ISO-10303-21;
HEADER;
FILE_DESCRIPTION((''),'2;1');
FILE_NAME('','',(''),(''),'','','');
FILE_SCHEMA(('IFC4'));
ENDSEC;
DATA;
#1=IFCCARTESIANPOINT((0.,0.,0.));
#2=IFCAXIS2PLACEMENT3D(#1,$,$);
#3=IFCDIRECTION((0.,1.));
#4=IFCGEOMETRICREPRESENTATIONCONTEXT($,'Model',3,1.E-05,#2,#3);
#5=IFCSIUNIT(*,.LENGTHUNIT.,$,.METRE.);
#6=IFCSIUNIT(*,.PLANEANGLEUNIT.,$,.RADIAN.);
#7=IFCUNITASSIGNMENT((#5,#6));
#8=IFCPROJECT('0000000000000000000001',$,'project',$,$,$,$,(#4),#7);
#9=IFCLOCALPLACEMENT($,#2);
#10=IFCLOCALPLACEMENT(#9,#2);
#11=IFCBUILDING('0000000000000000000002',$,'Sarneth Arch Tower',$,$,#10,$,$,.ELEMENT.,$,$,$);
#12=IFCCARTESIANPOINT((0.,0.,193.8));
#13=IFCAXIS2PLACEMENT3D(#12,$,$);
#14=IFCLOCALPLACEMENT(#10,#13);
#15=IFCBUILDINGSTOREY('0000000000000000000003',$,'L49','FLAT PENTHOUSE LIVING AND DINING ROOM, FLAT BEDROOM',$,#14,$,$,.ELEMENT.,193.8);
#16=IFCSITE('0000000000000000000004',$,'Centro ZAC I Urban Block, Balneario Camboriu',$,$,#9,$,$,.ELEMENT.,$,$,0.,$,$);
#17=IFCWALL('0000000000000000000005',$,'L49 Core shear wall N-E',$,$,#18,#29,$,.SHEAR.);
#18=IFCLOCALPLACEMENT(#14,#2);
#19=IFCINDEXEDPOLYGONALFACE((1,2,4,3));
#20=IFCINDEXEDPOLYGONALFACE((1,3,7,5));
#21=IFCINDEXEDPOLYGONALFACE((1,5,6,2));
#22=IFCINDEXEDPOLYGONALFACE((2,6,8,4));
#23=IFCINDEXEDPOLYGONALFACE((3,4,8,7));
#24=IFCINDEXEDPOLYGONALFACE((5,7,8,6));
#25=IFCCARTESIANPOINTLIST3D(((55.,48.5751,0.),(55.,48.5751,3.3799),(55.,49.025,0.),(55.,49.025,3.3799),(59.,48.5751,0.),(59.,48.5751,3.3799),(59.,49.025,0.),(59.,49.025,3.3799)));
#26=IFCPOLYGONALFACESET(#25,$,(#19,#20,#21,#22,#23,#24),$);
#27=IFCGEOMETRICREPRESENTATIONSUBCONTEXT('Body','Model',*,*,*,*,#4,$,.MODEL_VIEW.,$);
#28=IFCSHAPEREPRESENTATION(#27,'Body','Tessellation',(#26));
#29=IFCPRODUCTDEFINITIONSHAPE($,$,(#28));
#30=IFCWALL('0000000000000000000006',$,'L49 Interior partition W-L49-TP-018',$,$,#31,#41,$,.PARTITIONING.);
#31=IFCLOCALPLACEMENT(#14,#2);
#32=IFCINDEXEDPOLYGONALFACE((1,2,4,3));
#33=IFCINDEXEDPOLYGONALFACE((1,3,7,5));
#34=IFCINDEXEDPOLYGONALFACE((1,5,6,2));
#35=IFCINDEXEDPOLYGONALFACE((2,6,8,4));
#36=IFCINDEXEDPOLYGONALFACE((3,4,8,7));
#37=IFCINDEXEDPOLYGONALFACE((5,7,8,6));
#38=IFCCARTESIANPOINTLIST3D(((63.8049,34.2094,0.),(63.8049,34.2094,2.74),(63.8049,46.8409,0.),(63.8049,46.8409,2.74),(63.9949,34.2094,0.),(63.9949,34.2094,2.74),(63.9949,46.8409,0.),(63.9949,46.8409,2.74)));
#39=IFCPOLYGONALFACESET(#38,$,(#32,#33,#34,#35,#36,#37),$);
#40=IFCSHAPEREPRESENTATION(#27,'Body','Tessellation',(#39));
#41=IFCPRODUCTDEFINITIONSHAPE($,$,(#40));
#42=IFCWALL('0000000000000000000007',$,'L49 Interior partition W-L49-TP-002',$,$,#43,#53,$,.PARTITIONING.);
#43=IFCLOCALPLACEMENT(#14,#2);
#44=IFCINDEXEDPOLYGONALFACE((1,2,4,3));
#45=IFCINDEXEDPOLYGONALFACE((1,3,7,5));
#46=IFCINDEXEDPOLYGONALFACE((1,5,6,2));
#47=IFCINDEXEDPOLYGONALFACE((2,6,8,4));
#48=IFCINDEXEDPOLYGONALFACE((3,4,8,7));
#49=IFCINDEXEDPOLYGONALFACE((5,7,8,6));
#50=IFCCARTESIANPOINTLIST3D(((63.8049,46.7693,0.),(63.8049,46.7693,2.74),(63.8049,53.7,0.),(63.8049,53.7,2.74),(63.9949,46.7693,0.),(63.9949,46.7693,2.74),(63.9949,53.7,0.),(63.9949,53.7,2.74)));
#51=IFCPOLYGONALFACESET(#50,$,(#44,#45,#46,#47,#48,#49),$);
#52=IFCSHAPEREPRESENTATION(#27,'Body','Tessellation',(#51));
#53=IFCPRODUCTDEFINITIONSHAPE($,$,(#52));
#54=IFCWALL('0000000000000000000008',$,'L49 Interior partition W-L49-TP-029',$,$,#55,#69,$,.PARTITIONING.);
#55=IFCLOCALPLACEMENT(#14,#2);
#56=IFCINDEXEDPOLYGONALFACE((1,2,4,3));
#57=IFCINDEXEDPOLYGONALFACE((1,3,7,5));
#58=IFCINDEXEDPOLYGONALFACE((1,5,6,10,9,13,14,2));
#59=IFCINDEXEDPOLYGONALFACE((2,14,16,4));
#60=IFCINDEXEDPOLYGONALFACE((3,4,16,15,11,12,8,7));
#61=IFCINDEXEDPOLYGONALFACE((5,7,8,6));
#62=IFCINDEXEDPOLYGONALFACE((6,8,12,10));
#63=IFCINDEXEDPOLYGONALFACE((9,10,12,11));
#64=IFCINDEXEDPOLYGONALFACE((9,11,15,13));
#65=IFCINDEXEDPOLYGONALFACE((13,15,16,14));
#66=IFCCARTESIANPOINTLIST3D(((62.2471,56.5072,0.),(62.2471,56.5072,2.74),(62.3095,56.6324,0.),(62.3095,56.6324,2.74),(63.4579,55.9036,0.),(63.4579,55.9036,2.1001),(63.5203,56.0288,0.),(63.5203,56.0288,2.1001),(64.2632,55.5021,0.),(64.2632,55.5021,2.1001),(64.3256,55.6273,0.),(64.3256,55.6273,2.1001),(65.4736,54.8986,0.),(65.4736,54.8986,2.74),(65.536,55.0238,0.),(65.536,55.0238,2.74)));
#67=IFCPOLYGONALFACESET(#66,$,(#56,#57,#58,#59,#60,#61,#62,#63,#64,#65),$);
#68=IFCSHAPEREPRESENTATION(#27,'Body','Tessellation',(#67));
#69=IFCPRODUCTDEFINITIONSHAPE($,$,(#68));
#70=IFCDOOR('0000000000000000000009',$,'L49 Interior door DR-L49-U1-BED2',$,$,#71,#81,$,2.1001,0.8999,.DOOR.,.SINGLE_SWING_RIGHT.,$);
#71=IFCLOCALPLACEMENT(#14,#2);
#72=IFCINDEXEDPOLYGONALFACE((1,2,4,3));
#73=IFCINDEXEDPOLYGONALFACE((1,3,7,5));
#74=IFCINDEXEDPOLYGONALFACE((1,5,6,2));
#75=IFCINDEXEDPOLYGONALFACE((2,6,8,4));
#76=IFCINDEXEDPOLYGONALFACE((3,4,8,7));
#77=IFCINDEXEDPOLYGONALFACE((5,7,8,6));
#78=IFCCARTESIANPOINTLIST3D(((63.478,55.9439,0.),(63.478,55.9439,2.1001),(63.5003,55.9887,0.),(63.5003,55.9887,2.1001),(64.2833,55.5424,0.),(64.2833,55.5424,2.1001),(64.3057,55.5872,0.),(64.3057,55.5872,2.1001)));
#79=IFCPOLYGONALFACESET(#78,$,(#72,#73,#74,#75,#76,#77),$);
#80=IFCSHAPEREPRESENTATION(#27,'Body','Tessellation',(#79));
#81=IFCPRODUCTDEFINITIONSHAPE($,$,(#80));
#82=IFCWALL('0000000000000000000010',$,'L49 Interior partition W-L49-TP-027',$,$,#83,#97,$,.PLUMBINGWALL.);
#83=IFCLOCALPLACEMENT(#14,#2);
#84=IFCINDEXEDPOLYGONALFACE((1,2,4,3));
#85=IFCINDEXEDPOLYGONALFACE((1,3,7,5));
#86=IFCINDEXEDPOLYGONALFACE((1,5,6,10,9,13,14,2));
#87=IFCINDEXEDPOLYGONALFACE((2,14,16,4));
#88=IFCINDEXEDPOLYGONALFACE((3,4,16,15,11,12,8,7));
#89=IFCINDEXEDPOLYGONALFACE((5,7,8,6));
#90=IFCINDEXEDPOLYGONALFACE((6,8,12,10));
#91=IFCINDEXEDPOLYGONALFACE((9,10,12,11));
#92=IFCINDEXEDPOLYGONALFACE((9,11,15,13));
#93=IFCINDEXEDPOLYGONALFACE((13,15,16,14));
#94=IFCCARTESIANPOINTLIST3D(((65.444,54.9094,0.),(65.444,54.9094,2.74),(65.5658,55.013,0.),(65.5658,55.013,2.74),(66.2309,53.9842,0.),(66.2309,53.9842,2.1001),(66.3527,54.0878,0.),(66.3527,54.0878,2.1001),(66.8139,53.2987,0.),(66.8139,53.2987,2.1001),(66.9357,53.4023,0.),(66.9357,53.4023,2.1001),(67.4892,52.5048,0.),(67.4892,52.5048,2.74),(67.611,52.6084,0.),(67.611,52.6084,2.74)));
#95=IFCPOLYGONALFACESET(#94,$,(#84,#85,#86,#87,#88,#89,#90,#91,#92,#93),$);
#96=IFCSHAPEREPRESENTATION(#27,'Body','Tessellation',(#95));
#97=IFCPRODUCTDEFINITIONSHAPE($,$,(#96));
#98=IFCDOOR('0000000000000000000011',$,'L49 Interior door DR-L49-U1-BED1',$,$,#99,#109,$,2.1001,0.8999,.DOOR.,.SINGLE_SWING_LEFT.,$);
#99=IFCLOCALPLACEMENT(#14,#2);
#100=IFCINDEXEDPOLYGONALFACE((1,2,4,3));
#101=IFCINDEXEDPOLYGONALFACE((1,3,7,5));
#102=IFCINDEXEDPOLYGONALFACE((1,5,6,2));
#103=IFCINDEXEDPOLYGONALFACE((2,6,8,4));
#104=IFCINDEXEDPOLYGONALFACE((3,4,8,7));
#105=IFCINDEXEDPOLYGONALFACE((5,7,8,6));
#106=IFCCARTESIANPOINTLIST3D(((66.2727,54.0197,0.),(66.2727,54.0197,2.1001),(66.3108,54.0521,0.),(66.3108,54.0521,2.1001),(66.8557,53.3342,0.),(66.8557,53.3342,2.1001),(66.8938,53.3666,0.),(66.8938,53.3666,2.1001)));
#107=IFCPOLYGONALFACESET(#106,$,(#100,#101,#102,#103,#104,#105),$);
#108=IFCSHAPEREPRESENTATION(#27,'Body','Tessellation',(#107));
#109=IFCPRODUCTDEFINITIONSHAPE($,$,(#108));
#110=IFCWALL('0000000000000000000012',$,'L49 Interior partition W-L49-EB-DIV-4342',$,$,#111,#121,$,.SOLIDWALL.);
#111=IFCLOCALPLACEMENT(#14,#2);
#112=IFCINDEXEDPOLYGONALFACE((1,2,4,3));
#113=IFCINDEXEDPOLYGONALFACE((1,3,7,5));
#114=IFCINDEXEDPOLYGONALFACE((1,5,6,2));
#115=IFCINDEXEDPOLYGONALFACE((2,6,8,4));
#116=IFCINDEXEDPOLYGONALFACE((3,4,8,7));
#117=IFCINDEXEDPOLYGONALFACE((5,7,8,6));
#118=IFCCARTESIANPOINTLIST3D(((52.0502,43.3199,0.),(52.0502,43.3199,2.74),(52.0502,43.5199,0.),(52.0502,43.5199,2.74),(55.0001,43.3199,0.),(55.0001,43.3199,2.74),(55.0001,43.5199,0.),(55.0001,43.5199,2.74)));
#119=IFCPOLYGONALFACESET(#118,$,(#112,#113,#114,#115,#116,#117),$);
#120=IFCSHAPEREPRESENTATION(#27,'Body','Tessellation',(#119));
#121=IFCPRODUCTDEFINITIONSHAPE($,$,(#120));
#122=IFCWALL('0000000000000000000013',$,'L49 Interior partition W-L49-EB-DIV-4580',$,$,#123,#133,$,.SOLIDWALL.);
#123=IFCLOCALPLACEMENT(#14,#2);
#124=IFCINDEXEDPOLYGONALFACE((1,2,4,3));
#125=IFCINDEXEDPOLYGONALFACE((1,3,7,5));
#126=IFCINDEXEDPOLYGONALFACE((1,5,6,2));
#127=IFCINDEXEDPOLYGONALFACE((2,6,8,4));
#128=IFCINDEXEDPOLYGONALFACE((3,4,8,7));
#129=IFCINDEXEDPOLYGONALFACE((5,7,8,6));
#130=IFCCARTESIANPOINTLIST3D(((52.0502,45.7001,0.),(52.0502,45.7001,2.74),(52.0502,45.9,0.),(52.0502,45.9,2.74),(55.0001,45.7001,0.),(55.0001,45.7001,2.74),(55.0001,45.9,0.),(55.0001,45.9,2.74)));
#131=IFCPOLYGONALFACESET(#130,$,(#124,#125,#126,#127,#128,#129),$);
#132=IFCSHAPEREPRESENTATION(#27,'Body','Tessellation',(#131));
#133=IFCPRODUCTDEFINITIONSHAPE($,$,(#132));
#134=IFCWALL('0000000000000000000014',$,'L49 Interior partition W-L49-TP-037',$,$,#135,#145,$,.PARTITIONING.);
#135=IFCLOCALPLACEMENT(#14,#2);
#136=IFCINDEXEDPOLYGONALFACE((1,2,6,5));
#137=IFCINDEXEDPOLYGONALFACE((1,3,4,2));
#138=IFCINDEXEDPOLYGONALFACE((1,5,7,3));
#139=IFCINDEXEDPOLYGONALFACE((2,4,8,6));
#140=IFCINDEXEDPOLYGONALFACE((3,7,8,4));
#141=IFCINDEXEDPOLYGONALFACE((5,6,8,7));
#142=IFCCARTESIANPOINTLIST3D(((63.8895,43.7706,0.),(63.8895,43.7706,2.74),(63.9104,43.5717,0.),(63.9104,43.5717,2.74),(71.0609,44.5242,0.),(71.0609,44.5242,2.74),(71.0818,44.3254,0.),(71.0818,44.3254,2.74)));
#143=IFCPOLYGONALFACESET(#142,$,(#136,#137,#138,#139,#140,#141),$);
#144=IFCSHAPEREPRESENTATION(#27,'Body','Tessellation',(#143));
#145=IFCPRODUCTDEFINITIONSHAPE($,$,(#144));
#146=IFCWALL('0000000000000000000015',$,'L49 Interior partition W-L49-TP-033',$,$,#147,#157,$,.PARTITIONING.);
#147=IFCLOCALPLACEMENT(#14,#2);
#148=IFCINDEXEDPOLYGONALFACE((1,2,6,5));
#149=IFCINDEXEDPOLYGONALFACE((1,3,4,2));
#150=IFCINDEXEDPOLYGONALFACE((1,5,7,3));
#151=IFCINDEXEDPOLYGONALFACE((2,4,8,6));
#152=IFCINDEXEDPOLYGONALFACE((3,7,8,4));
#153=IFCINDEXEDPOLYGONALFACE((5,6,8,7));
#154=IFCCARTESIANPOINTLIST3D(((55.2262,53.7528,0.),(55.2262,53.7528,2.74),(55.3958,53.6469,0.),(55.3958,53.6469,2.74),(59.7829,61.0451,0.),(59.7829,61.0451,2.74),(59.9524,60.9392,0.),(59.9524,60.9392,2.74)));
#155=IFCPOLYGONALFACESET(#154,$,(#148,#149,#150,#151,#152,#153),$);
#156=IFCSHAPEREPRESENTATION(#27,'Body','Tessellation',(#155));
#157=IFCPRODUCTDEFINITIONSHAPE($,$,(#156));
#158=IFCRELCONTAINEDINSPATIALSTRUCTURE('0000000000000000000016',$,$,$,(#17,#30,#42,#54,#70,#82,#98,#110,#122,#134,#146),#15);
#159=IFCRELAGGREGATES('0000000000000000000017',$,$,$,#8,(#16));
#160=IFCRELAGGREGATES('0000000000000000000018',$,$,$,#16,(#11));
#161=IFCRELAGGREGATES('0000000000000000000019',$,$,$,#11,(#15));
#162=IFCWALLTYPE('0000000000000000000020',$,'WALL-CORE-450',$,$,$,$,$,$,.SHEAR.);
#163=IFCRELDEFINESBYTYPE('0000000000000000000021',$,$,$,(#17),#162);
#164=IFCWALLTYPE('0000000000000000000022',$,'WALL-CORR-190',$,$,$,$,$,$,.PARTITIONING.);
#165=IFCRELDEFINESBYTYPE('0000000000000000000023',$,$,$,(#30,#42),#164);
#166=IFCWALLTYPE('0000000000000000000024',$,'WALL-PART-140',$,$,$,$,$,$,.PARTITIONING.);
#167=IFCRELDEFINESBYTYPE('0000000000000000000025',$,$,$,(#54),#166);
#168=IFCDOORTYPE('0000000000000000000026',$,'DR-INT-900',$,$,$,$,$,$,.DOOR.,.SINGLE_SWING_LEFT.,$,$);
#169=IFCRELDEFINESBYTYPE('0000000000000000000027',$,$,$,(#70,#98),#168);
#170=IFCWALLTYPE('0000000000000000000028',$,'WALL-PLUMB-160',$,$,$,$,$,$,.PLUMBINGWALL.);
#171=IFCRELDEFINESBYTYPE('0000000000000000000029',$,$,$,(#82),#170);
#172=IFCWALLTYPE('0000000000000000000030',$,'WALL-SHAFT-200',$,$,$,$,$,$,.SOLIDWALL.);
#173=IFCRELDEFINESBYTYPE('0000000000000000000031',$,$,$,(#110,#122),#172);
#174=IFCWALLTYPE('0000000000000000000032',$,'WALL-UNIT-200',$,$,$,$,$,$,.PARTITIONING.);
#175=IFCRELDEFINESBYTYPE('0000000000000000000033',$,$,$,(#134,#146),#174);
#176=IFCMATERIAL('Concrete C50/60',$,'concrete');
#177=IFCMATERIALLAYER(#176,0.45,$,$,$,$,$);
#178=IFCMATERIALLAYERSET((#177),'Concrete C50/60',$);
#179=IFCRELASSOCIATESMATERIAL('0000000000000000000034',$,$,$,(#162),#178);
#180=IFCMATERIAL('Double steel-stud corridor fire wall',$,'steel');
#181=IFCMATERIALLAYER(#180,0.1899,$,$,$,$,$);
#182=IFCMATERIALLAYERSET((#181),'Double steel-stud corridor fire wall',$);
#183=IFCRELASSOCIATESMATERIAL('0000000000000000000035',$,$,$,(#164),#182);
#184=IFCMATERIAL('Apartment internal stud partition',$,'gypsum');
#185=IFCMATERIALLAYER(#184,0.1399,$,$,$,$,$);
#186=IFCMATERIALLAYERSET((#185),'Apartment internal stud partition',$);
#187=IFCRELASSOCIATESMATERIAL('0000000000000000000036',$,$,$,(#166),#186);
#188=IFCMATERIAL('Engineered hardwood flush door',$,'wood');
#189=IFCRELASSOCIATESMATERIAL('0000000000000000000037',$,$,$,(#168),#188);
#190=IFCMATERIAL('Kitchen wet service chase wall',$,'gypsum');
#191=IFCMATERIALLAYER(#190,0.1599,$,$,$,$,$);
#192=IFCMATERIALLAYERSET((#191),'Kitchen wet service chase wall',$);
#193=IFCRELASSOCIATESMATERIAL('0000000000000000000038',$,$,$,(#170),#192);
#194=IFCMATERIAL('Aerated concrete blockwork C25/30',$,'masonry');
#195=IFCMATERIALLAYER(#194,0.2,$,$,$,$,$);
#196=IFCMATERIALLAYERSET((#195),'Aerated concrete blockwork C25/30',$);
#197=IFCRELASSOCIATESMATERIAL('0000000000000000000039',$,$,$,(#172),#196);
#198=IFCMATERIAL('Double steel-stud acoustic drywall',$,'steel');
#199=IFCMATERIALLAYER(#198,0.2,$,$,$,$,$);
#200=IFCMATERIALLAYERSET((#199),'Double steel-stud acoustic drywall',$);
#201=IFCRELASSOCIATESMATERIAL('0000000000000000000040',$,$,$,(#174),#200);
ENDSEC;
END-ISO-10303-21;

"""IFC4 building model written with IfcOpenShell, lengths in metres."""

from ifc_helpers import new_model, si_unit, direction, frame, frame_2d, origin, place, context, subcontext, project, spatial, rectangle, extrude, material, layer, layer_set, type_object, element, fill, save


model = new_model("IFC4")

# Units and contexts
model_context = context("Model", 3, precision=1e-05, world=origin(), true_north=direction((0.0, 1.0)))
body_context = subcontext(model_context, "Body", "Model", "MODEL_VIEW")
ifc_project = project(units=[si_unit("LENGTHUNIT", "METRE"), si_unit("PLANEANGLEUNIT", "RADIAN")], contexts=[model_context])

# Site, building, storey
site_placement = place(None, origin())
site = spatial("IfcSite", under=ifc_project, at=site_placement, Name="Centro ZAC I Urban Block, Balneario Camboriu", CompositionType="ELEMENT", RefElevation=0.0)
building_placement = place(site_placement, origin())
building = spatial("IfcBuilding", under=site, at=building_placement, Name="Sarneth Arch Tower", CompositionType="ELEMENT")
storey_placement = place(building_placement, frame((0.0, 0.0, 193.8)))
storey = spatial("IfcBuildingStorey", under=building, at=storey_placement, Name="L49", Description="FLAT PENTHOUSE LIVING AND DINING ROOM, FLAT BEDROOM", CompositionType="ELEMENT", Elevation=193.8)

# Walls
ifc_material_1 = material(Name="Concrete C50/60", Category="concrete")
ifc_layer_1 = layer(ifc_material_1, 0.45)
ifc_layer_set_1 = layer_set([ifc_layer_1], Name="Concrete C50/60")
wall_type_1 = type_object("IfcWallType", Name="WALL-CORE-450", PredefinedType="SHEAR", material=ifc_layer_set_1)
wall_1_placement = place(storey_placement, frame((55.0, 48.8, 0.0), z_axis=(0.0, 0.0, 1.0), x_axis=(1.0, 0.0, 0.0)))
element("IfcWall", 1, at=wall_1_placement, inside=storey, type_object=wall_type_1, Name="L49 Core shear wall N-E", PredefinedType="SHEAR", context=body_context, shape_type="SweptSolid", body=[
    extrude(rectangle(XDim=4.0, YDim=0.45, at=frame_2d((2.0, 0.0))), origin(), (0.0, 0.0, 1.0), 3.3799),
])
ifc_material_2 = material(Name="Double steel-stud corridor fire wall", Category="steel")
ifc_layer_2 = layer(ifc_material_2, 0.1899)
ifc_layer_set_2 = layer_set([ifc_layer_2], Name="Double steel-stud corridor fire wall")
wall_type_2 = type_object("IfcWallType", Name="WALL-CORR-190", PredefinedType="PARTITIONING", material=ifc_layer_set_2)
wall_2_placement = place(storey_placement, frame((63.8999, 46.8411, 0.0), z_axis=(0.0, 0.0, 1.0), x_axis=(0.0, -1.0, 0.0)))
element("IfcWall", 2, at=wall_2_placement, inside=storey, type_object=wall_type_2, Name="L49 Interior partition W-L49-TP-018", PredefinedType="PARTITIONING", context=body_context, shape_type="SweptSolid", body=[
    extrude(rectangle(XDim=12.6316, YDim=0.1899, at=frame_2d((6.3159, 0.0))), origin(), (0.0, 0.0, 1.0), 2.74),
])
wall_3_placement = place(storey_placement, frame((63.8999, 53.7, 0.0), z_axis=(0.0, 0.0, 1.0), x_axis=(0.0, -1.0, 0.0)))
element("IfcWall", 3, at=wall_3_placement, inside=storey, type_object=wall_type_2, Name="L49 Interior partition W-L49-TP-002", PredefinedType="PARTITIONING", context=body_context, shape_type="SweptSolid", body=[
    extrude(rectangle(XDim=6.9307, YDim=0.1899, at=frame_2d((3.4653, 0.0))), origin(), (0.0, 0.0, 1.0), 2.74),
])

# Walls, openings, doors
ifc_material_3 = material(Name="Apartment internal stud partition", Category="gypsum")
ifc_layer_3 = layer(ifc_material_3, 0.1399)
ifc_layer_set_3 = layer_set([ifc_layer_3], Name="Apartment internal stud partition")
wall_type_3 = type_object("IfcWallType", Name="WALL-PART-140", PredefinedType="PARTITIONING", material=ifc_layer_set_3)
wall_4_placement = place(storey_placement, frame((65.5049, 54.9612, 0.0), z_axis=(0.0, 0.0, 1.0), x_axis=(-0.894941, 0.446184, 0.0)))
wall_4 = element("IfcWall", 4, at=wall_4_placement, inside=storey, type_object=wall_type_3, Name="L49 Interior partition W-L49-TP-029", PredefinedType="PARTITIONING", context=body_context, shape_type="SweptSolid", body=[
    extrude(rectangle(XDim=3.6052, YDim=0.1399, at=frame_2d((1.8027, 0.0))), origin(), (0.0, 0.0, 1.0), 2.74),
])
opening_1_placement = place(wall_4_placement, frame((1.3525, 0.0, 0.0)))
opening_1 = element("IfcOpeningElement", 5, at=opening_1_placement, cuts=wall_4, PredefinedType="OPENING", context=body_context, shape_type="SweptSolid", body=[
    extrude(rectangle(XDim=0.8999, YDim=2.1001, at=frame_2d((0.45, 1.05))), frame((0.0, 0.0798, 0.0), z_axis=(0.0, -1.0, 0.0), x_axis=(1.0, 0.0, 0.0)), (0.0, 0.0, 1.0), 0.1599),
])
ifc_material_4 = material(Name="Engineered hardwood flush door", Category="wood")
door_type = type_object("IfcDoorType", Name="DR-INT-900", OperationType="SINGLE_SWING_LEFT", PredefinedType="DOOR", material=ifc_material_4)
door_1_placement = place(opening_1_placement, origin())
door_1 = element("IfcDoor", 6, at=door_1_placement, inside=storey, type_object=door_type, Name="L49 Interior door DR-L49-U1-BED2", OperationType="SINGLE_SWING_RIGHT", OverallHeight=2.1001, OverallWidth=0.8999, PredefinedType="DOOR", context=body_context, shape_type="SweptSolid", body=[
    extrude(rectangle(XDim=0.8999, YDim=2.1001, at=frame_2d((0.45, 1.05))), frame((0.0, 0.0249, 0.0), z_axis=(0.0, -1.0, 0.0), x_axis=(1.0, 0.0, 0.0)), (0.0, 0.0, 1.0), 0.05),
])
fill(opening_1, door_1)
ifc_material_5 = material(Name="Kitchen wet service chase wall", Category="gypsum")
ifc_layer_4 = layer(ifc_material_5, 0.1599)
ifc_layer_set_4 = layer_set([ifc_layer_4], Name="Kitchen wet service chase wall")
wall_type_4 = type_object("IfcWallType", Name="WALL-PLUMB-160", PredefinedType="PLUMBINGWALL", material=ifc_layer_set_4)
wall_5_placement = place(storey_placement, frame((65.5049, 54.9612, 0.0), z_axis=(0.0, 0.0, 1.0), x_axis=(0.647889, -0.761735, 0.0)))
wall_5 = element("IfcWall", 7, at=wall_5_placement, inside=storey, type_object=wall_type_4, Name="L49 Interior partition W-L49-TP-027", PredefinedType="PLUMBINGWALL", context=body_context, shape_type="SweptSolid", body=[
    extrude(rectangle(XDim=3.1567, YDim=0.1599, at=frame_2d((1.5784, 0.0))), origin(), (0.0, 0.0, 1.0), 2.74),
])
opening_2_placement = place(wall_5_placement, frame((1.2146, 0.0, 0.0)))
opening_2 = element("IfcOpeningElement", 8, at=opening_2_placement, cuts=wall_5, PredefinedType="OPENING", context=body_context, shape_type="SweptSolid", body=[
    extrude(rectangle(XDim=0.8999, YDim=2.1001, at=frame_2d((0.45, 1.05))), frame((0.0, 0.0898, 0.0), z_axis=(0.0, -1.0, 0.0), x_axis=(1.0, 0.0, 0.0)), (0.0, 0.0, 1.0), 0.1799),
])
door_2_placement = place(opening_2_placement, origin())
door_2 = element("IfcDoor", 9, at=door_2_placement, inside=storey, type_object=door_type, Name="L49 Interior door DR-L49-U1-BED1", OperationType="SINGLE_SWING_LEFT", OverallHeight=2.1001, OverallWidth=0.8999, PredefinedType="DOOR", context=body_context, shape_type="SweptSolid", body=[
    extrude(rectangle(XDim=0.8999, YDim=2.1001, at=frame_2d((0.45, 1.05))), frame((0.0, 0.0249, 0.0), z_axis=(0.0, -1.0, 0.0), x_axis=(1.0, 0.0, 0.0)), (0.0, 0.0, 1.0), 0.05),
])
fill(opening_2, door_2)

# Walls
ifc_material_6 = material(Name="Aerated concrete blockwork C25/30", Category="masonry")
ifc_layer_5 = layer(ifc_material_6, 0.2)
ifc_layer_set_5 = layer_set([ifc_layer_5], Name="Aerated concrete blockwork C25/30")
wall_type_5 = type_object("IfcWallType", Name="WALL-SHAFT-200", PredefinedType="SOLIDWALL", material=ifc_layer_set_5)
for number, where, z_axis, x_axis, name in (
    (10, (52.05, 43.4199, 0.0), (0.0, 0.0, 1.0), (1.0, 0.0, 0.0), "L49 Interior partition W-L49-EB-DIV-4342"),
    (11, (52.05, 45.8, 0.0), (0.0, 0.0, 1.0), (1.0, 0.0, 0.0), "L49 Interior partition W-L49-EB-DIV-4580"),
):
    element("IfcWall", number, at=place(storey_placement, frame(where, z_axis=z_axis, x_axis=x_axis)), inside=storey, type_object=wall_type_5, Name=name, PredefinedType="SOLIDWALL", context=body_context, shape_type="SweptSolid", body=[
        extrude(rectangle(XDim=2.95, YDim=0.2, at=frame_2d((1.4751, 0.0))), origin(), (0.0, 0.0, 1.0), 2.74),
    ])
ifc_material_7 = material(Name="Double steel-stud acoustic drywall", Category="steel")
ifc_layer_6 = layer(ifc_material_7, 0.2)
ifc_layer_set_6 = layer_set([ifc_layer_6], Name="Double steel-stud acoustic drywall")
wall_type_6 = type_object("IfcWallType", Name="WALL-UNIT-200", PredefinedType="PARTITIONING", material=ifc_layer_set_6)
wall_6_placement = place(storey_placement, frame((63.8999, 43.6711, 0.0), z_axis=(0.0, 0.0, 1.0), x_axis=(0.994523, 0.104517, 0.0)))
element("IfcWall", 12, at=wall_6_placement, inside=storey, type_object=wall_type_6, Name="L49 Interior partition W-L49-TP-037", PredefinedType="PARTITIONING", context=body_context, shape_type="SweptSolid", body=[
    extrude(rectangle(XDim=7.2109, YDim=0.2, at=frame_2d((3.6055, 0.0))), origin(), (0.0, 0.0, 1.0), 2.74),
])
wall_7_placement = place(storey_placement, frame((55.311, 53.7, 0.0), z_axis=(0.0, 0.0, 1.0), x_axis=(0.529915, 0.848051, 0.0)))
element("IfcWall", 13, at=wall_7_placement, inside=storey, type_object=wall_type_6, Name="L49 Interior partition W-L49-TP-033", PredefinedType="PARTITIONING", context=body_context, shape_type="SweptSolid", body=[
    extrude(rectangle(XDim=8.5989, YDim=0.2, at=frame_2d((4.2993, 0.0))), origin(), (0.0, 0.0, 1.0), 2.74),
])

save(model, "model.ifc")
